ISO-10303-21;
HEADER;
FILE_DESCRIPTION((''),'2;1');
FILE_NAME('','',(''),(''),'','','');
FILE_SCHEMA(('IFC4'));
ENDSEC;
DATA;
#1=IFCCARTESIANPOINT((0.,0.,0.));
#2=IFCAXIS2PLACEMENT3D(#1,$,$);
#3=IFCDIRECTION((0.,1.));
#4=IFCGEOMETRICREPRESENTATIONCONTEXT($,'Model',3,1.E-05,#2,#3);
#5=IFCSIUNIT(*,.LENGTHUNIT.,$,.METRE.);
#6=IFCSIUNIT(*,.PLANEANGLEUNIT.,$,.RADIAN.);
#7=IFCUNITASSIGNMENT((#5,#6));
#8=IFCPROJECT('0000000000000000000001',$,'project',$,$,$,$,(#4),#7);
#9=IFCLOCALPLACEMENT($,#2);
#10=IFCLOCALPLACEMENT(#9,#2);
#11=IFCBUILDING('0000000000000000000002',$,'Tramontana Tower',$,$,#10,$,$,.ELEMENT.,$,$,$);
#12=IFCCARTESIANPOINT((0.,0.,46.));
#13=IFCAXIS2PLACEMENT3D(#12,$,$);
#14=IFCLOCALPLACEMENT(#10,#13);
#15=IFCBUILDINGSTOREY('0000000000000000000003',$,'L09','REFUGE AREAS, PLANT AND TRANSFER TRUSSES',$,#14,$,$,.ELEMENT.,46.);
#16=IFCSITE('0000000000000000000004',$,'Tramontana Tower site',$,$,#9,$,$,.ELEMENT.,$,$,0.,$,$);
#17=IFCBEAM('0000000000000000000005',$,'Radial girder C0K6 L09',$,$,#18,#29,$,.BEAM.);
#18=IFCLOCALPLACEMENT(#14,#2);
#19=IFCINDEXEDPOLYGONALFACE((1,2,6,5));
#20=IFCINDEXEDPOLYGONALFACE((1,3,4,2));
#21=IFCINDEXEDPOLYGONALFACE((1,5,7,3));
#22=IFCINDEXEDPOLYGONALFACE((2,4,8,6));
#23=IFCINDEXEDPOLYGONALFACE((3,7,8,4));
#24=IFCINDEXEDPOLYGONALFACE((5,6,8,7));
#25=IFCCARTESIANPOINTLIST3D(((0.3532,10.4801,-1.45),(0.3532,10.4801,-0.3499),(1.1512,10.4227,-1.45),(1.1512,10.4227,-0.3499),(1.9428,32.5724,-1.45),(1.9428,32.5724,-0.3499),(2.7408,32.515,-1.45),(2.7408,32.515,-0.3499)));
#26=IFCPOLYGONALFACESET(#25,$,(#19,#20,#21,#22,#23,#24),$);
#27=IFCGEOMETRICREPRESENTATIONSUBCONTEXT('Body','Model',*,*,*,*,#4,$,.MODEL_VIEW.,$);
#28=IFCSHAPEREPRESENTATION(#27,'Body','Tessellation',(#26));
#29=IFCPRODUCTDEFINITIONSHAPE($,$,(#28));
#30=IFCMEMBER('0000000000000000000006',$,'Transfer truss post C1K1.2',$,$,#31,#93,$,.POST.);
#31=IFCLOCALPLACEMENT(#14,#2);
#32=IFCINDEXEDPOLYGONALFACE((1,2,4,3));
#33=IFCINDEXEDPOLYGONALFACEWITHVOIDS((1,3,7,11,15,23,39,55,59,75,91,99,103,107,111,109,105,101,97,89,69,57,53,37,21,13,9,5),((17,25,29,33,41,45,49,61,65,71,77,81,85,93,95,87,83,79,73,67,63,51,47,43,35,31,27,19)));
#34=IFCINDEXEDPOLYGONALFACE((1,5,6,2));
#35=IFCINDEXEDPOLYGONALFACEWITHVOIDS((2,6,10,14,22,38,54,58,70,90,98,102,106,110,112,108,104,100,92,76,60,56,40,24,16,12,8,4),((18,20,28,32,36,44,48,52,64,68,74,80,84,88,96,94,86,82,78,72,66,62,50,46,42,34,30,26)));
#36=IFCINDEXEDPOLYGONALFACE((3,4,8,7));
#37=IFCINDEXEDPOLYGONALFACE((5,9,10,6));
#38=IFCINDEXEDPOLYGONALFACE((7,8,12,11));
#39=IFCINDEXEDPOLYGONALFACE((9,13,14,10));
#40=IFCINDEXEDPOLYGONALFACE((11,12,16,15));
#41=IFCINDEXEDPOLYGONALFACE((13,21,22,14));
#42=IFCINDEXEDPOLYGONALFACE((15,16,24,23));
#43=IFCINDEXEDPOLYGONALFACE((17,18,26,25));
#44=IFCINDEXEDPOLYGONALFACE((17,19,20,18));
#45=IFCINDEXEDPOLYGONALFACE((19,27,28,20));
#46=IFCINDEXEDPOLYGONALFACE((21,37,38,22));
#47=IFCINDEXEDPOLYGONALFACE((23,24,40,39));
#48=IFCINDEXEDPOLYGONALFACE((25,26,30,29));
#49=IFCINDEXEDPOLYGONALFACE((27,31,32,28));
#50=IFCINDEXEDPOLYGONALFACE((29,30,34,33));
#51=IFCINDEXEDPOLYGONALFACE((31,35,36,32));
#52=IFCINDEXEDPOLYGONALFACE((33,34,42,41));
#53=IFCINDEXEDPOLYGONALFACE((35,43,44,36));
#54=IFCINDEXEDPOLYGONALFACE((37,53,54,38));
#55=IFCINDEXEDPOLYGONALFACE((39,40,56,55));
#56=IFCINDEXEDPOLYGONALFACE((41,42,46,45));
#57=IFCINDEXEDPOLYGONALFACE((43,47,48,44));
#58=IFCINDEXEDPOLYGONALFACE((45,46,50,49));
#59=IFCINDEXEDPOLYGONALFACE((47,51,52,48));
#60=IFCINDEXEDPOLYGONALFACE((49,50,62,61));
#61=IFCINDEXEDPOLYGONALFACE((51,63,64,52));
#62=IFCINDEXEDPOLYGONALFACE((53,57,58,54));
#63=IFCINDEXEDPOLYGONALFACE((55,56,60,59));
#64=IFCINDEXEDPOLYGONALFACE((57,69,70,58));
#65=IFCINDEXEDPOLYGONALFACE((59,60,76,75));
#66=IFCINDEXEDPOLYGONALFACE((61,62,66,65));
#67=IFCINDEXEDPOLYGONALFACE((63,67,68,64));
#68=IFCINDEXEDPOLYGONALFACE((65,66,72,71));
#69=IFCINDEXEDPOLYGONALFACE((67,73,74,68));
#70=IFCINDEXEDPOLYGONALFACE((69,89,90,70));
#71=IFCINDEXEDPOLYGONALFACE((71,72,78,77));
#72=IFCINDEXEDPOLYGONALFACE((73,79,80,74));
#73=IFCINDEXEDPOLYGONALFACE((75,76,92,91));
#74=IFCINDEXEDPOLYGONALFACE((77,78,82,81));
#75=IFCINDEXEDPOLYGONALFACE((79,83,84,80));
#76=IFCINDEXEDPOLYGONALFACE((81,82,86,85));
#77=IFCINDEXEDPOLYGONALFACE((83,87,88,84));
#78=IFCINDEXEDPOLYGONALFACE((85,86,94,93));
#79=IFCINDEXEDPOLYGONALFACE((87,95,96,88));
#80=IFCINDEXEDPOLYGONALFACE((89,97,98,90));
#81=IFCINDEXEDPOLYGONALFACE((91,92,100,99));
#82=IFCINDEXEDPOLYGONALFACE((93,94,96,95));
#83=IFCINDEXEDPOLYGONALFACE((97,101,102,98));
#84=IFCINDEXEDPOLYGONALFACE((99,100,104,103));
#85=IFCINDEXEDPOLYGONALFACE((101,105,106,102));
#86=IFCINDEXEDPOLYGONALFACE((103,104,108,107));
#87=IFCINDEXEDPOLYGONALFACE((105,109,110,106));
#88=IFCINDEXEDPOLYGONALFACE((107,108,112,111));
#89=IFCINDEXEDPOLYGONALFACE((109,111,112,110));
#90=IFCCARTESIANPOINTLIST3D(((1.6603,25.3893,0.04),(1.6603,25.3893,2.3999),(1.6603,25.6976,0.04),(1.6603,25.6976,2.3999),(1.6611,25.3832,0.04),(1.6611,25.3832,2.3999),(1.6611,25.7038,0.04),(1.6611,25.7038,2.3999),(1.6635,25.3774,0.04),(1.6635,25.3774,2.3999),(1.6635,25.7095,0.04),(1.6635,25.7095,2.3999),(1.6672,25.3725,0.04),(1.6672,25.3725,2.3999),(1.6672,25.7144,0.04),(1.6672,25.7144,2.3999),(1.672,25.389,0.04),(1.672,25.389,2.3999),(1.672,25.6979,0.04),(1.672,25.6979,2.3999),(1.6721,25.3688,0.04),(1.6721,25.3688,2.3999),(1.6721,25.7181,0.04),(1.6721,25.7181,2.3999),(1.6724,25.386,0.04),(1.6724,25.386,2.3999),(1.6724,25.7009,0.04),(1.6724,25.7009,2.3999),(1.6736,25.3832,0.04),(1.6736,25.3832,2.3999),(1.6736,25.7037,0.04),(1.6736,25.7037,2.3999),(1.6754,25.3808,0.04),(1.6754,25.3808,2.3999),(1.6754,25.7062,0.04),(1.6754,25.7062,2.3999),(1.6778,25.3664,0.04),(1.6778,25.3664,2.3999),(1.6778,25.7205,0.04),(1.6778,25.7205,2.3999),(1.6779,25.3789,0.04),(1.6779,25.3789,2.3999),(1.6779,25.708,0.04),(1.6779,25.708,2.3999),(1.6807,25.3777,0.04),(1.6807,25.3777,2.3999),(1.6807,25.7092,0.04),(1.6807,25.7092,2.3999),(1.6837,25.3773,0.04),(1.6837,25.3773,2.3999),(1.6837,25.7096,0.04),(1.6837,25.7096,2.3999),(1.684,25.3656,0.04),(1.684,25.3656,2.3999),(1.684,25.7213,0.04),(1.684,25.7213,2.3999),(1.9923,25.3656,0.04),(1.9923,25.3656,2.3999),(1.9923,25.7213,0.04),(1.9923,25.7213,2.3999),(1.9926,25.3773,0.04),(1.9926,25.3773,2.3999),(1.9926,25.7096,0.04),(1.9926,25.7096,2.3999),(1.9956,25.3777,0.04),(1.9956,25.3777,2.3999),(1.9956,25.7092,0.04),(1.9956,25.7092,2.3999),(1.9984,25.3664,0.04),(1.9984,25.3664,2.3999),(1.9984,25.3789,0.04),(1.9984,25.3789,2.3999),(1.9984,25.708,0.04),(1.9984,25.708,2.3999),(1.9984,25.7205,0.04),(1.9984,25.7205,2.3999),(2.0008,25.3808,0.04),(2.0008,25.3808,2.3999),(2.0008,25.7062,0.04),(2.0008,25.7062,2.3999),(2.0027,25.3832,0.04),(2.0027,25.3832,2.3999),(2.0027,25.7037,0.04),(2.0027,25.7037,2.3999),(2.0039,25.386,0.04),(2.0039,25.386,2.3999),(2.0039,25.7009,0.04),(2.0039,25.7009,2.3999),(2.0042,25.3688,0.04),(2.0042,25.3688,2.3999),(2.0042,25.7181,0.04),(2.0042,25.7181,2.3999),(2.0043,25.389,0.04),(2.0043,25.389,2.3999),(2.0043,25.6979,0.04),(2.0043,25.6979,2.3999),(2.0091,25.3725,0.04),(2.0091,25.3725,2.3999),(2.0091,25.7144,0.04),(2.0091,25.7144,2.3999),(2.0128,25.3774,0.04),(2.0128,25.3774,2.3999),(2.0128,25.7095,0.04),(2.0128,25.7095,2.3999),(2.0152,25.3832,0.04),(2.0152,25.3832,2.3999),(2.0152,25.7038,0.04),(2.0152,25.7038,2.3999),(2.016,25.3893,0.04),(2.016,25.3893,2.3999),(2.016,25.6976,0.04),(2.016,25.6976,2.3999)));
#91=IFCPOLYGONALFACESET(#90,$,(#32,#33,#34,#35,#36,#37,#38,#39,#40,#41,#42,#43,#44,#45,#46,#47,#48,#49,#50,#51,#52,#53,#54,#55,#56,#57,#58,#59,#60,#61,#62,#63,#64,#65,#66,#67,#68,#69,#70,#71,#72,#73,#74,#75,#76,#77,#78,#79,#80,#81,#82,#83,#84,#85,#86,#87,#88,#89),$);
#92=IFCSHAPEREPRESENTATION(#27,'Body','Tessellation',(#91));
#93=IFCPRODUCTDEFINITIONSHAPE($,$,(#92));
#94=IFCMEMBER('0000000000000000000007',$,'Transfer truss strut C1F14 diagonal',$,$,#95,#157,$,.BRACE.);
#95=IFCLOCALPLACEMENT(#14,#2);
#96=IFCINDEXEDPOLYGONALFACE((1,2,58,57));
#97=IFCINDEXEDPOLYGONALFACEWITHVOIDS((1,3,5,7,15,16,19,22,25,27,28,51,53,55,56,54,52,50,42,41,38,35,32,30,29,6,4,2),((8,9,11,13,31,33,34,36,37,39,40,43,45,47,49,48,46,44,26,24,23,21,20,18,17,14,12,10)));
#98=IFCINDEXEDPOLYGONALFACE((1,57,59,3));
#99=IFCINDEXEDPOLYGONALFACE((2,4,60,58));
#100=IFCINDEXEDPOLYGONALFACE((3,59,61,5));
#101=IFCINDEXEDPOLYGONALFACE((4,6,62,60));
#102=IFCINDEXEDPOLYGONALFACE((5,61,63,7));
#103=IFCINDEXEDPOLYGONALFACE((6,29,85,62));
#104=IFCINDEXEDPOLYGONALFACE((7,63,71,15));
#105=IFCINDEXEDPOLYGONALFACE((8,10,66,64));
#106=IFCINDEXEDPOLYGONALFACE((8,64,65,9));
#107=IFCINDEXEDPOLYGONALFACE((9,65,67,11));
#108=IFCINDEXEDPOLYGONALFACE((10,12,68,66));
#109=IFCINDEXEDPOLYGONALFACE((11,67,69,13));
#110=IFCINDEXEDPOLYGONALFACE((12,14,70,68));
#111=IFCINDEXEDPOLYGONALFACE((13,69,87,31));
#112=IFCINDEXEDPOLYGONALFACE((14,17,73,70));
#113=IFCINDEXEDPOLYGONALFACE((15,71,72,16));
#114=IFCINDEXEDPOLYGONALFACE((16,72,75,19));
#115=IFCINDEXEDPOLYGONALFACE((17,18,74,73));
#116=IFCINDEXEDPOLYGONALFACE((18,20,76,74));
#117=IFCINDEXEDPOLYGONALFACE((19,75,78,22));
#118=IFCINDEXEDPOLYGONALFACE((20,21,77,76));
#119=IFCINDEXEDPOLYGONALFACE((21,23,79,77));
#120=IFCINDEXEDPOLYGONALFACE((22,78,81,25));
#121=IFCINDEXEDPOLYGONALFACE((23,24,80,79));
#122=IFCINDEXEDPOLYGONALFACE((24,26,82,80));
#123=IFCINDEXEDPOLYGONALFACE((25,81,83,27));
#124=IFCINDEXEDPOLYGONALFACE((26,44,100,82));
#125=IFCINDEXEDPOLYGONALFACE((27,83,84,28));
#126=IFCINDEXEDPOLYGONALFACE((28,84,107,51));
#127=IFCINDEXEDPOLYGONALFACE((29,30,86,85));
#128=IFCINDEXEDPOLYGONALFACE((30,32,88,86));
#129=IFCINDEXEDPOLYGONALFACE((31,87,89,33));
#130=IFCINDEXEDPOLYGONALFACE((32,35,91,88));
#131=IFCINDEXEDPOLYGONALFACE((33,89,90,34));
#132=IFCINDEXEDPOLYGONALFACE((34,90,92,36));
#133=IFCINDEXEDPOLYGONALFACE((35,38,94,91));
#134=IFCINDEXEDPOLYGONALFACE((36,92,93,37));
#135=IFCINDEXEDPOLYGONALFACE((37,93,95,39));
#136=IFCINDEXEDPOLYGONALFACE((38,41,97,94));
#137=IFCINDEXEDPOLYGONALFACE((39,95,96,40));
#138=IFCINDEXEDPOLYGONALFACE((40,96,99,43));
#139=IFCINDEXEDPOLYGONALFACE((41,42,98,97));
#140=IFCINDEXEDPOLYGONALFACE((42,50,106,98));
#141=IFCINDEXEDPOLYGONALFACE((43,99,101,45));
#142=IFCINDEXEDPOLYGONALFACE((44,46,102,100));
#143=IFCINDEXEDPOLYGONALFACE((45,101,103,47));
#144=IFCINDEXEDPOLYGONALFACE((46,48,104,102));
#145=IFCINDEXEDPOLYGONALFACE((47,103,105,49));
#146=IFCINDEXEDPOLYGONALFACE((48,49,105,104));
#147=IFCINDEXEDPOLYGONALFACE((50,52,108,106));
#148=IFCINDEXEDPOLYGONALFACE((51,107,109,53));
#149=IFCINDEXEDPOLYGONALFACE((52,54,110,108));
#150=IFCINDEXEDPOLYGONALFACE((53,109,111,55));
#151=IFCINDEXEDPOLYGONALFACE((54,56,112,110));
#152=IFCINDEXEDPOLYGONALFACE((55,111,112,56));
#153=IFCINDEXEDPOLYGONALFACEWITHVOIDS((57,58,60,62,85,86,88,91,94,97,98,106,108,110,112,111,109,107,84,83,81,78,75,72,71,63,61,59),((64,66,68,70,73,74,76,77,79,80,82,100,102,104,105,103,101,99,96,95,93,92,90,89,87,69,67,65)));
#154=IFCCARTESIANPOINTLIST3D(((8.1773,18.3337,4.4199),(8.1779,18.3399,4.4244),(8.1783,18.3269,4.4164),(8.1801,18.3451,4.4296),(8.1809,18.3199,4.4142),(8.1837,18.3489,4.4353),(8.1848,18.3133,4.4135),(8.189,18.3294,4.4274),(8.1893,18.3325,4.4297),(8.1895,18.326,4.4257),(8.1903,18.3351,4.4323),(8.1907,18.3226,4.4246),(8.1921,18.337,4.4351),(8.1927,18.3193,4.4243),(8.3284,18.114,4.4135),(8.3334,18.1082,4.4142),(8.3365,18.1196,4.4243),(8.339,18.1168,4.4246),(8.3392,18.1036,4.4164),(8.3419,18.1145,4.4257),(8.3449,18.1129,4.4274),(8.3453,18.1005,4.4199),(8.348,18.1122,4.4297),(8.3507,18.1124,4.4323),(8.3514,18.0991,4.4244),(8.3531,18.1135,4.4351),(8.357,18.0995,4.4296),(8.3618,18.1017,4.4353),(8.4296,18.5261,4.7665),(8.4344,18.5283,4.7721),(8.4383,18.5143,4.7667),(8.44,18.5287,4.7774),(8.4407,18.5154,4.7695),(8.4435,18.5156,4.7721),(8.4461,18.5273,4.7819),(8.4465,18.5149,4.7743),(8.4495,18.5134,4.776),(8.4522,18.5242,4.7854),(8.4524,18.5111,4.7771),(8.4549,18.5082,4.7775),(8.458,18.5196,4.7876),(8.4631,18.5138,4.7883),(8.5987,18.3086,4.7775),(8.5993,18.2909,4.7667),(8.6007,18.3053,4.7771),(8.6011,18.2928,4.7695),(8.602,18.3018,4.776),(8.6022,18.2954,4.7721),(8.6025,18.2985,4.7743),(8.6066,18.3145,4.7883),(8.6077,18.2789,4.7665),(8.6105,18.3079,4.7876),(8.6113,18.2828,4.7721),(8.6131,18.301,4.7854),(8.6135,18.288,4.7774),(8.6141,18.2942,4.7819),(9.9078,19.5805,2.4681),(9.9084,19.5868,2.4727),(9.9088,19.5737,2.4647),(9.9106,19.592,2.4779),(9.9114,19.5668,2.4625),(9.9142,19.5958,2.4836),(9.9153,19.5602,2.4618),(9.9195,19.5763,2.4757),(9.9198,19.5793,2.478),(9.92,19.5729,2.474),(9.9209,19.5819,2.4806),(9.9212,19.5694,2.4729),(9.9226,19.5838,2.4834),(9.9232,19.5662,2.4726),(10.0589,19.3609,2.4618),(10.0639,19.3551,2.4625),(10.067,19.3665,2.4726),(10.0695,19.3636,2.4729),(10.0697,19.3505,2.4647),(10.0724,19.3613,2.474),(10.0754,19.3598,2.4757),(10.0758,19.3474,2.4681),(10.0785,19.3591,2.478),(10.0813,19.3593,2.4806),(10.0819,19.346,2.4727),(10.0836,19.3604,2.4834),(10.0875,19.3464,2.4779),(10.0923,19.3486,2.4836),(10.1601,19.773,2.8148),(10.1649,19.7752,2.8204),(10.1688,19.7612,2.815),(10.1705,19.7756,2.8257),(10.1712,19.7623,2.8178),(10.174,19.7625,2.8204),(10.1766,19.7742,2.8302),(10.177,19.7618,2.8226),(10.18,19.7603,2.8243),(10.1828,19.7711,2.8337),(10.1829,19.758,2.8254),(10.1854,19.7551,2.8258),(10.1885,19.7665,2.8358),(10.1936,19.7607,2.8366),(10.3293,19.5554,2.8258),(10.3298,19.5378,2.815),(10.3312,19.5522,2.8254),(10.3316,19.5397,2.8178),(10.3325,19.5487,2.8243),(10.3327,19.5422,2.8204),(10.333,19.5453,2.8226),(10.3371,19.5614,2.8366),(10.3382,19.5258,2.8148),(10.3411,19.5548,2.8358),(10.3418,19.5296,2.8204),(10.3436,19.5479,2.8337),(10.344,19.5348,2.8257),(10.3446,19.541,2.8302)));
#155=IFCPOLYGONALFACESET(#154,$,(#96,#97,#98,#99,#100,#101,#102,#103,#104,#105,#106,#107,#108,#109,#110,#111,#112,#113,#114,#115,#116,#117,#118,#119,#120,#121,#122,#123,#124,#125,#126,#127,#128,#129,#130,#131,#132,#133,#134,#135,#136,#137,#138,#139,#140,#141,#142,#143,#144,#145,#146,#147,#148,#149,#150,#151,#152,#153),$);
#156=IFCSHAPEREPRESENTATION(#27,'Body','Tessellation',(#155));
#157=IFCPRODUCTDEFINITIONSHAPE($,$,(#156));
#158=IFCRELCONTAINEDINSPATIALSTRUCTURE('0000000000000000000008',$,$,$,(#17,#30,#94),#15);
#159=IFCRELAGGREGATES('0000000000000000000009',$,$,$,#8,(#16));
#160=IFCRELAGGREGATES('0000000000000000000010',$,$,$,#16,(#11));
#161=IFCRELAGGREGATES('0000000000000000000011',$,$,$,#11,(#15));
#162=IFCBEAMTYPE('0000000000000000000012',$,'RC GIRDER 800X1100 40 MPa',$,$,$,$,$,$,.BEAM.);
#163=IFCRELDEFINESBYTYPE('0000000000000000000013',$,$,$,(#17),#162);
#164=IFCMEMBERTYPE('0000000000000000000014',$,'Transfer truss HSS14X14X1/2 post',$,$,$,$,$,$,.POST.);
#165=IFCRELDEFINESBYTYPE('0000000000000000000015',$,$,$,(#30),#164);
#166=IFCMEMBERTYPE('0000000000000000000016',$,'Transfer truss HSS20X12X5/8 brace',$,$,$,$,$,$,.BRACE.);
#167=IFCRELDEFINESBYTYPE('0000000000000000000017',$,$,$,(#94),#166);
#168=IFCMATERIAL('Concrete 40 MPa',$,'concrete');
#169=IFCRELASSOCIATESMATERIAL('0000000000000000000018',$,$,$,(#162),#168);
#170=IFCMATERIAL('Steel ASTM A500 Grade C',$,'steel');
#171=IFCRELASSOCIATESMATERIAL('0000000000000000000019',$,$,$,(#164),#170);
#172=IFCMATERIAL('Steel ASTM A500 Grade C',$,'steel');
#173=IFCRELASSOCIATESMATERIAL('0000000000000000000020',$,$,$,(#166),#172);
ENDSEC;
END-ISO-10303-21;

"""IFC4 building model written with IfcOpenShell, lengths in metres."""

from ifc_helpers import new_model, si_unit, direction, frame, origin, origin_2d, place, context, subcontext, project, spatial, rectangle, hollow_rectangle, extrude, material, material_profile, profile_set, type_object, element, save


model = new_model("IFC4")

# Units and contexts
model_context = context("Model", 3, precision=1e-05, world=origin(), true_north=direction((0.0, 1.0)))
body_context = subcontext(model_context, "Body", "Model", "MODEL_VIEW")
ifc_project = project(units=[si_unit("LENGTHUNIT", "METRE"), si_unit("PLANEANGLEUNIT", "RADIAN")], contexts=[model_context])

# Site, building, storey
site_placement = place(None, origin())
site = spatial("IfcSite", under=ifc_project, at=site_placement, Name="Tramontana Tower site", CompositionType="ELEMENT", RefElevation=0.0)
building_placement = place(site_placement, origin())
building = spatial("IfcBuilding", under=site, at=building_placement, Name="Tramontana Tower", CompositionType="ELEMENT")
storey_placement = place(building_placement, frame((0.0, 0.0, 46.0)))
storey = spatial("IfcBuildingStorey", under=building, at=storey_placement, Name="L09", Description="REFUGE AREAS, PLANT AND TRANSFER TRUSSES", CompositionType="ELEMENT", Elevation=46.0)

# Beam
ifc_material_1 = material(Name="Concrete 40 MPa", Category="concrete")
ifc_material_profile_1 = material_profile(ifc_material_1, rectangle(XDim=0.8, YDim=1.1001, at=origin_2d()), Name="RC GIRDER 800X1100 40 MPa")
ifc_profile_set_1 = profile_set([ifc_material_profile_1], Name="Concrete 40 MPa")
beam_type_1 = type_object("IfcBeamType", Name="RC GIRDER 800X1100 40 MPa", PredefinedType="BEAM", material=ifc_profile_set_1)
beam_1_placement = place(storey_placement, frame((2.3418, 32.5437, -0.8999), z_axis=(-0.071767, -0.997421, 0.0), x_axis=(0.997421, -0.071767, 0.0)))
element("IfcBeam", 1, at=beam_1_placement, inside=storey, type_object=beam_type_1, Name="Radial girder C0K6 L09", PredefinedType="BEAM", context=body_context, shape_type="SweptSolid", body=[
    extrude(rectangle(XDim=0.8, YDim=1.1001, at=origin_2d()), origin(), (0.0, 0.0, 1.0), 22.1494),
])

# Members
ifc_material_2 = material(Name="Steel ASTM A500 Grade C", Category="steel")
ifc_material_profile_2 = material_profile(ifc_material_2, hollow_rectangle(XDim=0.3557, YDim=0.3557, WallThickness=0.0117, InnerFilletRadius=0.0117, OuterFilletRadius=0.0237, at=origin_2d()), Name="HSS14X14X1/2")
ifc_profile_set_2 = profile_set([ifc_material_profile_2], Name="Steel ASTM A500 Grade C")
member_type_1 = type_object("IfcMemberType", Name="Transfer truss HSS14X14X1/2 post", PredefinedType="POST", material=ifc_profile_set_2)
member_1_placement = place(storey_placement, frame((1.8381, 25.5435, 0.04), z_axis=(0.0, 0.0, 1.0), x_axis=(1.0, 0.0, 0.0)))
element("IfcMember", 2, at=member_1_placement, inside=storey, type_object=member_type_1, Name="Transfer truss post C1K1.2", PredefinedType="POST", context=body_context, shape_type="SweptSolid", body=[
    extrude(hollow_rectangle(XDim=0.3557, YDim=0.3557, WallThickness=0.0117, InnerFilletRadius=0.0117, OuterFilletRadius=0.0237, at=origin_2d()), origin(), (0.0, 0.0, 1.0), 2.3599),
])
ifc_material_3 = material(Name="Steel ASTM A500 Grade C", Category="steel")
ifc_material_profile_3 = material_profile(ifc_material_3, hollow_rectangle(XDim=0.3047, YDim=0.5081, WallThickness=0.0146, InnerFilletRadius=0.0146, OuterFilletRadius=0.0295, at=origin_2d()), Name="HSS20X12X5/8")
ifc_profile_set_3 = profile_set([ifc_material_profile_3], Name="Steel ASTM A500 Grade C")
member_type_2 = type_object("IfcMemberType", Name="Transfer truss HSS20X12X5/8 brace", PredefinedType="BRACE", material=ifc_profile_set_3)
member_2_placement = place(storey_placement, frame((10.1262, 19.5608, 2.6492), z_axis=(-0.598564, -0.431274, 0.675074), x_axis=(0.584579, -0.811337, 0.0)))
element("IfcMember", 3, at=member_2_placement, inside=storey, type_object=member_type_2, Name="Transfer truss strut C1F14 diagonal", PredefinedType="BRACE", context=body_context, shape_type="SweptSolid", body=[
    extrude(hollow_rectangle(XDim=0.3047, YDim=0.5081, WallThickness=0.0146, InnerFilletRadius=0.0146, OuterFilletRadius=0.0295, at=origin_2d()), origin(), (0.0, 0.0, 1.0), 2.8911),
])

save(model, "model.ifc")
